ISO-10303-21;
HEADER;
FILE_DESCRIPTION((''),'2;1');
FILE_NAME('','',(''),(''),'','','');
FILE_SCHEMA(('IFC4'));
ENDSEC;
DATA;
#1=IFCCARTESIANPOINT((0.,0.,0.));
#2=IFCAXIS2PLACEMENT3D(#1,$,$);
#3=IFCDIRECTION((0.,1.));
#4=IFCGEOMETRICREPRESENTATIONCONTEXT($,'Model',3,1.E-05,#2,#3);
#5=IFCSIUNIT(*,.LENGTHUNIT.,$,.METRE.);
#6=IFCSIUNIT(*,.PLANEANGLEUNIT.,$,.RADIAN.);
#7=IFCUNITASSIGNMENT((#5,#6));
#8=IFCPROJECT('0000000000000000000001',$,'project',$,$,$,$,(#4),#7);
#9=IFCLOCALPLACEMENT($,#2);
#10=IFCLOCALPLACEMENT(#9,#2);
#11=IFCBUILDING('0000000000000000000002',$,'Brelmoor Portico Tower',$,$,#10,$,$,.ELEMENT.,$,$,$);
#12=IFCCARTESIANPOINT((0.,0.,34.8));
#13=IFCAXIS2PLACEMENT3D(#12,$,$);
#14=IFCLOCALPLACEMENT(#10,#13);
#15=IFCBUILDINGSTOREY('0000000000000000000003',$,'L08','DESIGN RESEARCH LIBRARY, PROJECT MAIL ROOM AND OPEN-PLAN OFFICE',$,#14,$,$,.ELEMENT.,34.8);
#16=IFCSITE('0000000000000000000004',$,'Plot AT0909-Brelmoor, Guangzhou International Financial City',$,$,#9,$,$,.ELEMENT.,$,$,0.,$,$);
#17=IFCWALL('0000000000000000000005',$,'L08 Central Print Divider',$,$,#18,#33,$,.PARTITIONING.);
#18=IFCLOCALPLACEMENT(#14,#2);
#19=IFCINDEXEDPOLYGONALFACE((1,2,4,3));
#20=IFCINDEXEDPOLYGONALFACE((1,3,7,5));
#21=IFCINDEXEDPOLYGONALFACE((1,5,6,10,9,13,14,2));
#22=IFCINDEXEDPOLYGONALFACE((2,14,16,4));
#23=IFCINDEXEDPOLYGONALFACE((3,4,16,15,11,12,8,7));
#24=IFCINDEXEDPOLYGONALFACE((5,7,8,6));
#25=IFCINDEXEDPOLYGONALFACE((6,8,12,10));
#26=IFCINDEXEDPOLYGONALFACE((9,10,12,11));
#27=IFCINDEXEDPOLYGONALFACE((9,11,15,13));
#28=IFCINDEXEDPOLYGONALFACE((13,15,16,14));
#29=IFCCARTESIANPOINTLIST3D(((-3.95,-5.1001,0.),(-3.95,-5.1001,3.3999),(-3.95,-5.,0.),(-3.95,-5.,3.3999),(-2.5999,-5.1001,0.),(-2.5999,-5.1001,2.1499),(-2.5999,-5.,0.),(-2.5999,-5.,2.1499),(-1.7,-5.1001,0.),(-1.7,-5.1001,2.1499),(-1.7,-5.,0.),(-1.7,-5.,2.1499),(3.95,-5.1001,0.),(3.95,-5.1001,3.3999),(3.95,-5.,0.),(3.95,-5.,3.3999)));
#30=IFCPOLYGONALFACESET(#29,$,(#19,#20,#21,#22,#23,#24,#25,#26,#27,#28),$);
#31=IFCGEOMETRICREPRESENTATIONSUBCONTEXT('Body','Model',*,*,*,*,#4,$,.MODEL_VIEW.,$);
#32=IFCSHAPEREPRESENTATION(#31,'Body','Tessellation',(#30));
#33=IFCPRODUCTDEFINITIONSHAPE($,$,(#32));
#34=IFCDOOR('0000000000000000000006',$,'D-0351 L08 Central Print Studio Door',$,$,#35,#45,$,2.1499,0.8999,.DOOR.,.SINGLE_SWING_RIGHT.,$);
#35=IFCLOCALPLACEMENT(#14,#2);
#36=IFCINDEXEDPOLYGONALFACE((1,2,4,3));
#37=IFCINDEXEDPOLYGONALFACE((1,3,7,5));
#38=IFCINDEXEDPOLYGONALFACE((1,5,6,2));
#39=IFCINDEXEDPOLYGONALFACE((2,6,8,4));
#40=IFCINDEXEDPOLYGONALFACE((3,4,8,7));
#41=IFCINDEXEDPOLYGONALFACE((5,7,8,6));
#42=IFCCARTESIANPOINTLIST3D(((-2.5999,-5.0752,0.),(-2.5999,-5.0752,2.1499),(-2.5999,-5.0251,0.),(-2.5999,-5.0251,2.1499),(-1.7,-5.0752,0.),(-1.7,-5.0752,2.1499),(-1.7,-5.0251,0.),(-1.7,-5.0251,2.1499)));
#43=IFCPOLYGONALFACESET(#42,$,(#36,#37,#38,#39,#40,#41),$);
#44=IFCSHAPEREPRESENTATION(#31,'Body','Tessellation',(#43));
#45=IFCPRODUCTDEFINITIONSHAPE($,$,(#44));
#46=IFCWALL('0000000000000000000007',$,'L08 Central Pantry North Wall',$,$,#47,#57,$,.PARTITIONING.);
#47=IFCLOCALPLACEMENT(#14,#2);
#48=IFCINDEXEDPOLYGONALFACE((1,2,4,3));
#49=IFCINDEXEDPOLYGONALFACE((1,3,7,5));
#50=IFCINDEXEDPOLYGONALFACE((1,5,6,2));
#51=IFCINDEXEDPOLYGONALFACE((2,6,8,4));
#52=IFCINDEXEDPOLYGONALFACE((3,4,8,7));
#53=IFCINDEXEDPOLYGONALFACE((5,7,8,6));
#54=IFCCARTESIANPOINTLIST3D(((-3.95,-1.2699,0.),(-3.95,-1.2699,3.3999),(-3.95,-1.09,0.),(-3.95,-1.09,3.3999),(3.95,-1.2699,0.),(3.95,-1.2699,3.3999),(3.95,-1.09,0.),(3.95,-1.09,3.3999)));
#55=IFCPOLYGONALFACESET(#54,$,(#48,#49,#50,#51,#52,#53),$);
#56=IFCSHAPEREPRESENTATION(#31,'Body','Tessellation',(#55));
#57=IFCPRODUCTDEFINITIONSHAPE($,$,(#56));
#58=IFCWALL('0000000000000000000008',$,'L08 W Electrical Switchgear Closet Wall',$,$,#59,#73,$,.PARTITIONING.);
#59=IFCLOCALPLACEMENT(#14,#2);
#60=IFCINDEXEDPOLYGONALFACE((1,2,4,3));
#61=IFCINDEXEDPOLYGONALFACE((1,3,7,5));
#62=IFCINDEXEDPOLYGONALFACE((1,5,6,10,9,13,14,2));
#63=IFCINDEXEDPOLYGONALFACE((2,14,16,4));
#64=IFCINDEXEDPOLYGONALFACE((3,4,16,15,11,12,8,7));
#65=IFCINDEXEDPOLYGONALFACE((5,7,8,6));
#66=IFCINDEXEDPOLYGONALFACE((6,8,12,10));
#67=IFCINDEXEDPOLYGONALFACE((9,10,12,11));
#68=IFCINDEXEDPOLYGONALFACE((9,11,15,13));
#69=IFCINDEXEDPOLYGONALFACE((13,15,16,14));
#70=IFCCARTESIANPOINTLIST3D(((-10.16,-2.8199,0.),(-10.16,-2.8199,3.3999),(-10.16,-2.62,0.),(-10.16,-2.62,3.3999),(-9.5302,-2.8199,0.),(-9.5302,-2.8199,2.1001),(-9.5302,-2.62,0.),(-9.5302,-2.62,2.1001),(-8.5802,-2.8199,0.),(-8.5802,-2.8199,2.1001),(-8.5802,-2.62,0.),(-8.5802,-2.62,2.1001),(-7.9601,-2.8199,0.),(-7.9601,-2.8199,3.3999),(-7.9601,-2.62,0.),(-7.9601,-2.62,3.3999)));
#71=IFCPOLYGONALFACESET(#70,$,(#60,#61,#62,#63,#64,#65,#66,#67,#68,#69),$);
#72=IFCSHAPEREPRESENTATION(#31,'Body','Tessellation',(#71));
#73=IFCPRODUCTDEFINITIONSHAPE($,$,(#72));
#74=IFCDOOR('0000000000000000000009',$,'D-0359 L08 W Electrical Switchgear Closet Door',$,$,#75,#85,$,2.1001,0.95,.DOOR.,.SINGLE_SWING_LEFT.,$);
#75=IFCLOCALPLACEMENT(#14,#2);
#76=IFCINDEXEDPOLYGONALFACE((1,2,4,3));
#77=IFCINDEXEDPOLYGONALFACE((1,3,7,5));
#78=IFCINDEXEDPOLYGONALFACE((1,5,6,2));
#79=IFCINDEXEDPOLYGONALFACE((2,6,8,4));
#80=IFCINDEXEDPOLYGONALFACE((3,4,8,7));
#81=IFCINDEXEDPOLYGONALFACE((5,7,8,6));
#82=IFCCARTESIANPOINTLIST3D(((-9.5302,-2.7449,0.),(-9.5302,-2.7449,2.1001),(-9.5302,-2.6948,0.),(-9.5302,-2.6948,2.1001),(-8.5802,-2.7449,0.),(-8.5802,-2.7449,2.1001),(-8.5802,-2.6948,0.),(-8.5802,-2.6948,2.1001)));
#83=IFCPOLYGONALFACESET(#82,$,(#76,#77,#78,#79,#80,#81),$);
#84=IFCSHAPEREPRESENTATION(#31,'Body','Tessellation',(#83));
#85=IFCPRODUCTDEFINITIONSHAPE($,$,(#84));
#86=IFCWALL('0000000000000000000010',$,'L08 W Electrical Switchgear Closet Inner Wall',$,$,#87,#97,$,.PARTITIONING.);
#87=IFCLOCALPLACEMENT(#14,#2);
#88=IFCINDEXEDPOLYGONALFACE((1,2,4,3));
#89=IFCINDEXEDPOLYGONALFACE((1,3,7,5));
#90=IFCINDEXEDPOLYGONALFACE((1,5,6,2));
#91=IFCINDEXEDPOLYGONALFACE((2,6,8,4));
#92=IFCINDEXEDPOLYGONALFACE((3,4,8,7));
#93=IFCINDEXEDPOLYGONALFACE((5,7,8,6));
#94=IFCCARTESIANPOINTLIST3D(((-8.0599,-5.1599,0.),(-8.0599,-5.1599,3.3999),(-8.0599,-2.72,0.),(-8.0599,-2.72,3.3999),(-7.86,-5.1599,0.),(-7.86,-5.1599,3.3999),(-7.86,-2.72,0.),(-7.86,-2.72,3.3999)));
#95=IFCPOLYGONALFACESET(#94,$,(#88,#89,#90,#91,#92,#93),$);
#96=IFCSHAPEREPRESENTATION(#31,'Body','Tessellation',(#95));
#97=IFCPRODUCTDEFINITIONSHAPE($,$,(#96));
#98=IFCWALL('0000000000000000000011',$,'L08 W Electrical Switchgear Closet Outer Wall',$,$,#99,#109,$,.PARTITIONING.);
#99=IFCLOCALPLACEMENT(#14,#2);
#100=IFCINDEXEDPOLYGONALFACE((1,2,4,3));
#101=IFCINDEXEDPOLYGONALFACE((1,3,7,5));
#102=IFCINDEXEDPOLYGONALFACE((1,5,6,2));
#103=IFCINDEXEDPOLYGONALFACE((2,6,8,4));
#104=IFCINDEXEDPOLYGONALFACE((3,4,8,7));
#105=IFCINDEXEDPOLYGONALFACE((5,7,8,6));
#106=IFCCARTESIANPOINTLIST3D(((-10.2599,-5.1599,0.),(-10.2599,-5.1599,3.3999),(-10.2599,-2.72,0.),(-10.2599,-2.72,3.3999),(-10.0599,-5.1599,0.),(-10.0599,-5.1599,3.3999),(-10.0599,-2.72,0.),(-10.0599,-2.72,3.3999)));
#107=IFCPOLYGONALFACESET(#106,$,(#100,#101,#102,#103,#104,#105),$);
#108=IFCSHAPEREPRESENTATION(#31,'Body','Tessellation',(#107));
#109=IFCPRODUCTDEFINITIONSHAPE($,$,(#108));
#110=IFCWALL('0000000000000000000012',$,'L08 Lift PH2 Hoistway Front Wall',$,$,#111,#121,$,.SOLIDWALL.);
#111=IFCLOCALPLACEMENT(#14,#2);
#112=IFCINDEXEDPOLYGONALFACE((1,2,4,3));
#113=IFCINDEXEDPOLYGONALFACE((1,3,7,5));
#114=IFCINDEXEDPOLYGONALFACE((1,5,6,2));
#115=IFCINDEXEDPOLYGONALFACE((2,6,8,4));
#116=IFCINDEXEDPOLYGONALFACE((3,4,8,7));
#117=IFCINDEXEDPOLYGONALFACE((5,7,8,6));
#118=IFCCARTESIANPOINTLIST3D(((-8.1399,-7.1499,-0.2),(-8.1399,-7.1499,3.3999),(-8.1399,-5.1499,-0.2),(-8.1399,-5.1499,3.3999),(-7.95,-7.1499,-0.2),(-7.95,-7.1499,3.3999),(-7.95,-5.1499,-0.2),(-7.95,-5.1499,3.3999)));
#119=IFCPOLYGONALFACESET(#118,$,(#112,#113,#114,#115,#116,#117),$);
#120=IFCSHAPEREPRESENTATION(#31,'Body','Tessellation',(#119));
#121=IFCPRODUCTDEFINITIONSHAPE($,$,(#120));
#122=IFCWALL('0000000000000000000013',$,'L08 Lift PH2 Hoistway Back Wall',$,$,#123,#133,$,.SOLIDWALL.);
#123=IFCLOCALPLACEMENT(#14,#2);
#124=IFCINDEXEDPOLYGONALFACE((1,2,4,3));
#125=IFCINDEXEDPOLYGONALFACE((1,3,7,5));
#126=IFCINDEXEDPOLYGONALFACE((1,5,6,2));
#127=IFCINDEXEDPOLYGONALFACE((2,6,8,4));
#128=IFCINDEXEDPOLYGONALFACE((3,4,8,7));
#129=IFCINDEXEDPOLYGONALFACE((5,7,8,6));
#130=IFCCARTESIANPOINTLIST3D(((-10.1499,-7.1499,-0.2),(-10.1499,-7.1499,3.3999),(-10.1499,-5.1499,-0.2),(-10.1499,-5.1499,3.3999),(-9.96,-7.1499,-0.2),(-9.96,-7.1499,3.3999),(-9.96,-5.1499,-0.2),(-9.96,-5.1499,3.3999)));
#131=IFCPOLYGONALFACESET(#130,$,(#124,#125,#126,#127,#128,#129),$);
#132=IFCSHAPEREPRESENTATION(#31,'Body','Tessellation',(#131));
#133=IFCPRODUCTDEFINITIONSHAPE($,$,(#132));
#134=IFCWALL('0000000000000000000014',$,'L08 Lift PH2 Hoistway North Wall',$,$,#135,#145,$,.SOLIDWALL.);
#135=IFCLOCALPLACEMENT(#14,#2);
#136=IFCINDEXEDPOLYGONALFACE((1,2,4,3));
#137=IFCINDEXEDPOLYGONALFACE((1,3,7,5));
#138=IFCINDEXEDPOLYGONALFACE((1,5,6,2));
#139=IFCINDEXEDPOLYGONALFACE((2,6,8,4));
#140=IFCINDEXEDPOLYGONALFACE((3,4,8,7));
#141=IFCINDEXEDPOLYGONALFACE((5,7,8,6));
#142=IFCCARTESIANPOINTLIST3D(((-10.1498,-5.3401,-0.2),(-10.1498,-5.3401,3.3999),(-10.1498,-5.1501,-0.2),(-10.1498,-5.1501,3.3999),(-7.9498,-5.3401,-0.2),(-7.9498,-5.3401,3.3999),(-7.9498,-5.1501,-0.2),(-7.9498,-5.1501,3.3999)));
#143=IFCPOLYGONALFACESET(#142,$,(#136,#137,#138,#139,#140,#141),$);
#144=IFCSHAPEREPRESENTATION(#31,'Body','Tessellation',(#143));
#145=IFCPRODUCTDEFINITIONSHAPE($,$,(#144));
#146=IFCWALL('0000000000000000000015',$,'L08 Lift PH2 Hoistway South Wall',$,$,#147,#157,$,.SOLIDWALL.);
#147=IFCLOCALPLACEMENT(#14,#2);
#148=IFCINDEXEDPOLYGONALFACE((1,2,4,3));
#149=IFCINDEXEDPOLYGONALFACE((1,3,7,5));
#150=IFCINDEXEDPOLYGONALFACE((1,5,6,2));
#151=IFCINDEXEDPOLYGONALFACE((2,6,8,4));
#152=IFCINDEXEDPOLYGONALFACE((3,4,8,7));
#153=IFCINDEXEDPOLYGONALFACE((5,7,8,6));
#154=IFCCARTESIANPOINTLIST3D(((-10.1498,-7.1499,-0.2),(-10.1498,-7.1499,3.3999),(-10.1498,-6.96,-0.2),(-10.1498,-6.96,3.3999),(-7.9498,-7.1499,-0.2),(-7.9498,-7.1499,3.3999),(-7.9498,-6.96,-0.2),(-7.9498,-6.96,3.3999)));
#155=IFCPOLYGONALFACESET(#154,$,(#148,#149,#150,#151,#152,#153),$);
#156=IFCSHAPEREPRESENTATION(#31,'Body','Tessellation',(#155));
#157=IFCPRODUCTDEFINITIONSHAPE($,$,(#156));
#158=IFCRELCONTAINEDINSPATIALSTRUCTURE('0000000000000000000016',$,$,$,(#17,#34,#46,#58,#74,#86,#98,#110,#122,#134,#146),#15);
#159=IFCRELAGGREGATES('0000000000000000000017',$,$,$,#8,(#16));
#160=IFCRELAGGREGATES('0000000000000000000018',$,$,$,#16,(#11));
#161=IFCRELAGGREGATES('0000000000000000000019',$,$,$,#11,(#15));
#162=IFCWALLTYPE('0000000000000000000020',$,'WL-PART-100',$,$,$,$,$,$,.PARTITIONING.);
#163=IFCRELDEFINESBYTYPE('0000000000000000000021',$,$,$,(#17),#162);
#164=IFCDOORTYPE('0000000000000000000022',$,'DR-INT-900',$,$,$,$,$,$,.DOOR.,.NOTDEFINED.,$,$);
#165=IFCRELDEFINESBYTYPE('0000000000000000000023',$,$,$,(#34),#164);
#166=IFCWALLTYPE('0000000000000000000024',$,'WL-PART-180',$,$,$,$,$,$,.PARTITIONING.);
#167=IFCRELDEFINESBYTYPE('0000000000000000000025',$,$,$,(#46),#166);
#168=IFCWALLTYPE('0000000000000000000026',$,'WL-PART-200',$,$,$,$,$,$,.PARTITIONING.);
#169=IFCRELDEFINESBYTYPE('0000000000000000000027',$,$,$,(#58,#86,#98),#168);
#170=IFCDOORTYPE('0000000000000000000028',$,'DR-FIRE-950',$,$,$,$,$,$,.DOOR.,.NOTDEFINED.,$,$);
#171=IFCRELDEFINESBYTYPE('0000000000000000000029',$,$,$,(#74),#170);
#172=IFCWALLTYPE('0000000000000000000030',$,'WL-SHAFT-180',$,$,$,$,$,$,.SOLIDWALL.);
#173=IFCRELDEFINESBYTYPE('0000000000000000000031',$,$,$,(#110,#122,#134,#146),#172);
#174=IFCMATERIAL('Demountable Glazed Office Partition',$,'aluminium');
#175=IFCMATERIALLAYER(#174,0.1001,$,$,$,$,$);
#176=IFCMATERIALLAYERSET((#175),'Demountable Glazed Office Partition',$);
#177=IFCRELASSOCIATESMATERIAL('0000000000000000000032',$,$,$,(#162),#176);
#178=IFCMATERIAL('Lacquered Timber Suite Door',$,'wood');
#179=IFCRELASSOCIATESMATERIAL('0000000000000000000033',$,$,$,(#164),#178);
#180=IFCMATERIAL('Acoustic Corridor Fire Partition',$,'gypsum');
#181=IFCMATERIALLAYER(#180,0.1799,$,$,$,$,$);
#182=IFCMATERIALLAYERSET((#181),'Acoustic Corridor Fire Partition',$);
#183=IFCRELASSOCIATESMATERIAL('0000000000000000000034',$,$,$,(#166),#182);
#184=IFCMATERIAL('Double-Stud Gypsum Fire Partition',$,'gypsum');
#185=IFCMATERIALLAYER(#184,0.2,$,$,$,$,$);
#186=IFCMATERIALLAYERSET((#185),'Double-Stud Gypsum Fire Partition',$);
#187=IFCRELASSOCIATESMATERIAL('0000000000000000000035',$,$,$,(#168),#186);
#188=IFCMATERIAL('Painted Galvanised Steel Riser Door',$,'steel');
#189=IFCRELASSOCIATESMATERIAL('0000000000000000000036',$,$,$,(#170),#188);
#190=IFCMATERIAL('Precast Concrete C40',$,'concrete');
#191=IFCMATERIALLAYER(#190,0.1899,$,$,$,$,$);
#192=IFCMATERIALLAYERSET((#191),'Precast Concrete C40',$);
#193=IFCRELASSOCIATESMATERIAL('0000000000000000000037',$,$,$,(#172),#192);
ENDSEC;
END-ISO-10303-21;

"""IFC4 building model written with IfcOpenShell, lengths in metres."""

from ifc_helpers import new_model, si_unit, direction, frame, frame_2d, origin, place, context, subcontext, project, spatial, rectangle, extrude, material, layer, layer_set, type_object, element, fill, save


model = new_model("IFC4")

# Units and contexts
model_context = context("Model", 3, precision=1e-05, world=origin(), true_north=direction((0.0, 1.0)))
body_context = subcontext(model_context, "Body", "Model", "MODEL_VIEW")
ifc_project = project(units=[si_unit("LENGTHUNIT", "METRE"), si_unit("PLANEANGLEUNIT", "RADIAN")], contexts=[model_context])

# Site, building, storey
site_placement = place(None, origin())
site = spatial("IfcSite", under=ifc_project, at=site_placement, Name="Plot AT0909-Brelmoor, Guangzhou International Financial City", CompositionType="ELEMENT", RefElevation=0.0)
building_placement = place(site_placement, origin())
building = spatial("IfcBuilding", under=site, at=building_placement, Name="Brelmoor Portico Tower", CompositionType="ELEMENT")
storey_placement = place(building_placement, frame((0.0, 0.0, 34.8)))
storey = spatial("IfcBuildingStorey", under=building, at=storey_placement, Name="L08", Description="DESIGN RESEARCH LIBRARY, PROJECT MAIL ROOM AND OPEN-PLAN OFFICE", CompositionType="ELEMENT", Elevation=34.8)

# Wall, opening, door
ifc_material_1 = material(Name="Demountable Glazed Office Partition", Category="aluminium")
ifc_layer_1 = layer(ifc_material_1, 0.1001)
ifc_layer_set_1 = layer_set([ifc_layer_1], Name="Demountable Glazed Office Partition")
wall_type_1 = type_object("IfcWallType", Name="WL-PART-100", PredefinedType="PARTITIONING", material=ifc_layer_set_1)
wall_1_placement = place(storey_placement, frame((-3.95, -5.05, 0.0), z_axis=(0.0, 0.0, 1.0), x_axis=(1.0, 0.0, 0.0)))
wall_1 = element("IfcWall", 1, at=wall_1_placement, inside=storey, type_object=wall_type_1, Name="L08 Central Print Divider", PredefinedType="PARTITIONING", context=body_context, shape_type="SweptSolid", body=[
    extrude(rectangle(XDim=7.8999, YDim=0.1001, at=frame_2d((3.95, 0.0))), origin(), (0.0, 0.0, 1.0), 3.3999),
])
opening_1_placement = place(wall_1_placement, frame((1.3501, 0.0, 0.0)))
opening_1 = element("IfcOpeningElement", 2, at=opening_1_placement, cuts=wall_1, PredefinedType="OPENING", context=body_context, shape_type="SweptSolid", body=[
    extrude(rectangle(XDim=0.8999, YDim=2.1499, at=frame_2d((0.45, 1.075))), frame((0.0, 0.0601, 0.0), z_axis=(0.0, -1.0, 0.0), x_axis=(1.0, 0.0, 0.0)), (0.0, 0.0, 1.0), 0.1201),
])
ifc_material_2 = material(Name="Lacquered Timber Suite Door", Category="wood")
door_type_1 = type_object("IfcDoorType", Name="DR-INT-900", OperationType="NOTDEFINED", PredefinedType="DOOR", material=ifc_material_2)
door_1_placement = place(opening_1_placement, origin())
door_1 = element("IfcDoor", 3, at=door_1_placement, inside=storey, type_object=door_type_1, Name="D-0351 L08 Central Print Studio Door", OperationType="SINGLE_SWING_RIGHT", OverallHeight=2.1499, OverallWidth=0.8999, PredefinedType="DOOR", context=body_context, shape_type="SweptSolid", body=[
    extrude(rectangle(XDim=0.8999, YDim=2.1499, at=frame_2d((0.45, 1.075))), frame((0.0, 0.0249, 0.0), z_axis=(0.0, -1.0, 0.0), x_axis=(1.0, 0.0, 0.0)), (0.0, 0.0, 1.0), 0.05),
])
fill(opening_1, door_1)

# Wall
ifc_material_3 = material(Name="Acoustic Corridor Fire Partition", Category="gypsum")
ifc_layer_2 = layer(ifc_material_3, 0.1799)
ifc_layer_set_2 = layer_set([ifc_layer_2], Name="Acoustic Corridor Fire Partition")
wall_type_2 = type_object("IfcWallType", Name="WL-PART-180", PredefinedType="PARTITIONING", material=ifc_layer_set_2)
wall_2_placement = place(storey_placement, frame((-3.95, -1.1799, 0.0), z_axis=(0.0, 0.0, 1.0), x_axis=(1.0, 0.0, 0.0)))
element("IfcWall", 4, at=wall_2_placement, inside=storey, type_object=wall_type_2, Name="L08 Central Pantry North Wall", PredefinedType="PARTITIONING", context=body_context, shape_type="SweptSolid", body=[
    extrude(rectangle(XDim=7.8999, YDim=0.1799, at=frame_2d((3.95, 0.0))), origin(), (0.0, 0.0, 1.0), 3.3999),
])

# Wall, opening, door
ifc_material_4 = material(Name="Double-Stud Gypsum Fire Partition", Category="gypsum")
ifc_layer_3 = layer(ifc_material_4, 0.2)
ifc_layer_set_3 = layer_set([ifc_layer_3], Name="Double-Stud Gypsum Fire Partition")
wall_type_3 = type_object("IfcWallType", Name="WL-PART-200", PredefinedType="PARTITIONING", material=ifc_layer_set_3)
wall_3_placement = place(storey_placement, frame((-7.96, -2.72, 0.0), z_axis=(0.0, 0.0, 1.0), x_axis=(-1.0, 0.0, 0.0)))
wall_3 = element("IfcWall", 5, at=wall_3_placement, inside=storey, type_object=wall_type_3, Name="L08 W Electrical Switchgear Closet Wall", PredefinedType="PARTITIONING", context=body_context, shape_type="SweptSolid", body=[
    extrude(rectangle(XDim=2.2, YDim=0.2, at=frame_2d((1.1001, 0.0))), origin(), (0.0, 0.0, 1.0), 3.3999),
])
opening_2_placement = place(wall_3_placement, frame((0.6201, 0.0, 0.0)))
opening_2 = element("IfcOpeningElement", 6, at=opening_2_placement, cuts=wall_3, PredefinedType="OPENING", context=body_context, shape_type="SweptSolid", body=[
    extrude(rectangle(XDim=0.95, YDim=2.1001, at=frame_2d((0.4751, 1.05))), frame((0.0, 0.1099, 0.0), z_axis=(0.0, -1.0, 0.0), x_axis=(1.0, 0.0, 0.0)), (0.0, 0.0, 1.0), 0.22),
])
ifc_material_5 = material(Name="Painted Galvanised Steel Riser Door", Category="steel")
door_type_2 = type_object("IfcDoorType", Name="DR-FIRE-950", OperationType="NOTDEFINED", PredefinedType="DOOR", material=ifc_material_5)
door_2_placement = place(opening_2_placement, origin())
door_2 = element("IfcDoor", 7, at=door_2_placement, inside=storey, type_object=door_type_2, Name="D-0359 L08 W Electrical Switchgear Closet Door", OperationType="SINGLE_SWING_LEFT", OverallHeight=2.1001, OverallWidth=0.95, PredefinedType="DOOR", context=body_context, shape_type="SweptSolid", body=[
    extrude(rectangle(XDim=0.95, YDim=2.1001, at=frame_2d((0.4751, 1.05))), frame((0.0, 0.0249, 0.0), z_axis=(0.0, -1.0, 0.0), x_axis=(1.0, 0.0, 0.0)), (0.0, 0.0, 1.0), 0.05),
])
fill(opening_2, door_2)

# Walls
for number, where, z_axis, x_axis, name in (
    (8, (-7.96, -5.1599, 0.0), (0.0, 0.0, 1.0), (0.0, 1.0, 0.0), "L08 W Electrical Switchgear Closet Inner Wall"),
    (9, (-10.1599, -5.1599, 0.0), (0.0, 0.0, 1.0), (0.0, 1.0, 0.0), "L08 W Electrical Switchgear Closet Outer Wall"),
):
    element("IfcWall", number, at=place(storey_placement, frame(where, z_axis=z_axis, x_axis=x_axis)), inside=storey, type_object=wall_type_3, Name=name, PredefinedType="PARTITIONING", context=body_context, shape_type="SweptSolid", body=[
        extrude(rectangle(XDim=2.4399, YDim=0.2, at=frame_2d((1.22, 0.0))), origin(), (0.0, 0.0, 1.0), 3.3999),
    ])
ifc_material_6 = material(Name="Precast Concrete C40", Category="concrete")
ifc_layer_4 = layer(ifc_material_6, 0.1899)
ifc_layer_set_4 = layer_set([ifc_layer_4], Name="Precast Concrete C40")
wall_type_4 = type_object("IfcWallType", Name="WL-SHAFT-180", PredefinedType="SOLIDWALL", material=ifc_layer_set_4)
for number, where, z_axis, x_axis, name in (
    (10, (-8.0449, -7.1499, -0.2), (0.0, 0.0, 1.0), (0.0, 1.0, 0.0), "L08 Lift PH2 Hoistway Front Wall"),
    (11, (-10.0549, -7.1499, -0.2), (0.0, 0.0, 1.0), (0.0, 1.0, 0.0), "L08 Lift PH2 Hoistway Back Wall"),
):
    element("IfcWall", number, at=place(storey_placement, frame(where, z_axis=z_axis, x_axis=x_axis)), inside=storey, type_object=wall_type_4, Name=name, PredefinedType="SOLIDWALL", context=body_context, shape_type="SweptSolid", body=[
        extrude(rectangle(XDim=2.0, YDim=0.1899, at=frame_2d((1.0, 0.0))), origin(), (0.0, 0.0, 1.0), 3.5999),
    ])
for number, where, z_axis, x_axis, name in (
    (12, (-10.1499, -5.2451, -0.2), (0.0, 0.0, 1.0), (1.0, 0.0, 0.0), "L08 Lift PH2 Hoistway North Wall"),
    (13, (-10.1499, -7.0549, -0.2), (0.0, 0.0, 1.0), (1.0, 0.0, 0.0), "L08 Lift PH2 Hoistway South Wall"),
):
    element("IfcWall", number, at=place(storey_placement, frame(where, z_axis=z_axis, x_axis=x_axis)), inside=storey, type_object=wall_type_4, Name=name, PredefinedType="SOLIDWALL", context=body_context, shape_type="SweptSolid", body=[
        extrude(rectangle(XDim=2.2, YDim=0.1899, at=frame_2d((1.1001, 0.0))), origin(), (0.0, 0.0, 1.0), 3.5999),
    ])

save(model, "model.ifc")
